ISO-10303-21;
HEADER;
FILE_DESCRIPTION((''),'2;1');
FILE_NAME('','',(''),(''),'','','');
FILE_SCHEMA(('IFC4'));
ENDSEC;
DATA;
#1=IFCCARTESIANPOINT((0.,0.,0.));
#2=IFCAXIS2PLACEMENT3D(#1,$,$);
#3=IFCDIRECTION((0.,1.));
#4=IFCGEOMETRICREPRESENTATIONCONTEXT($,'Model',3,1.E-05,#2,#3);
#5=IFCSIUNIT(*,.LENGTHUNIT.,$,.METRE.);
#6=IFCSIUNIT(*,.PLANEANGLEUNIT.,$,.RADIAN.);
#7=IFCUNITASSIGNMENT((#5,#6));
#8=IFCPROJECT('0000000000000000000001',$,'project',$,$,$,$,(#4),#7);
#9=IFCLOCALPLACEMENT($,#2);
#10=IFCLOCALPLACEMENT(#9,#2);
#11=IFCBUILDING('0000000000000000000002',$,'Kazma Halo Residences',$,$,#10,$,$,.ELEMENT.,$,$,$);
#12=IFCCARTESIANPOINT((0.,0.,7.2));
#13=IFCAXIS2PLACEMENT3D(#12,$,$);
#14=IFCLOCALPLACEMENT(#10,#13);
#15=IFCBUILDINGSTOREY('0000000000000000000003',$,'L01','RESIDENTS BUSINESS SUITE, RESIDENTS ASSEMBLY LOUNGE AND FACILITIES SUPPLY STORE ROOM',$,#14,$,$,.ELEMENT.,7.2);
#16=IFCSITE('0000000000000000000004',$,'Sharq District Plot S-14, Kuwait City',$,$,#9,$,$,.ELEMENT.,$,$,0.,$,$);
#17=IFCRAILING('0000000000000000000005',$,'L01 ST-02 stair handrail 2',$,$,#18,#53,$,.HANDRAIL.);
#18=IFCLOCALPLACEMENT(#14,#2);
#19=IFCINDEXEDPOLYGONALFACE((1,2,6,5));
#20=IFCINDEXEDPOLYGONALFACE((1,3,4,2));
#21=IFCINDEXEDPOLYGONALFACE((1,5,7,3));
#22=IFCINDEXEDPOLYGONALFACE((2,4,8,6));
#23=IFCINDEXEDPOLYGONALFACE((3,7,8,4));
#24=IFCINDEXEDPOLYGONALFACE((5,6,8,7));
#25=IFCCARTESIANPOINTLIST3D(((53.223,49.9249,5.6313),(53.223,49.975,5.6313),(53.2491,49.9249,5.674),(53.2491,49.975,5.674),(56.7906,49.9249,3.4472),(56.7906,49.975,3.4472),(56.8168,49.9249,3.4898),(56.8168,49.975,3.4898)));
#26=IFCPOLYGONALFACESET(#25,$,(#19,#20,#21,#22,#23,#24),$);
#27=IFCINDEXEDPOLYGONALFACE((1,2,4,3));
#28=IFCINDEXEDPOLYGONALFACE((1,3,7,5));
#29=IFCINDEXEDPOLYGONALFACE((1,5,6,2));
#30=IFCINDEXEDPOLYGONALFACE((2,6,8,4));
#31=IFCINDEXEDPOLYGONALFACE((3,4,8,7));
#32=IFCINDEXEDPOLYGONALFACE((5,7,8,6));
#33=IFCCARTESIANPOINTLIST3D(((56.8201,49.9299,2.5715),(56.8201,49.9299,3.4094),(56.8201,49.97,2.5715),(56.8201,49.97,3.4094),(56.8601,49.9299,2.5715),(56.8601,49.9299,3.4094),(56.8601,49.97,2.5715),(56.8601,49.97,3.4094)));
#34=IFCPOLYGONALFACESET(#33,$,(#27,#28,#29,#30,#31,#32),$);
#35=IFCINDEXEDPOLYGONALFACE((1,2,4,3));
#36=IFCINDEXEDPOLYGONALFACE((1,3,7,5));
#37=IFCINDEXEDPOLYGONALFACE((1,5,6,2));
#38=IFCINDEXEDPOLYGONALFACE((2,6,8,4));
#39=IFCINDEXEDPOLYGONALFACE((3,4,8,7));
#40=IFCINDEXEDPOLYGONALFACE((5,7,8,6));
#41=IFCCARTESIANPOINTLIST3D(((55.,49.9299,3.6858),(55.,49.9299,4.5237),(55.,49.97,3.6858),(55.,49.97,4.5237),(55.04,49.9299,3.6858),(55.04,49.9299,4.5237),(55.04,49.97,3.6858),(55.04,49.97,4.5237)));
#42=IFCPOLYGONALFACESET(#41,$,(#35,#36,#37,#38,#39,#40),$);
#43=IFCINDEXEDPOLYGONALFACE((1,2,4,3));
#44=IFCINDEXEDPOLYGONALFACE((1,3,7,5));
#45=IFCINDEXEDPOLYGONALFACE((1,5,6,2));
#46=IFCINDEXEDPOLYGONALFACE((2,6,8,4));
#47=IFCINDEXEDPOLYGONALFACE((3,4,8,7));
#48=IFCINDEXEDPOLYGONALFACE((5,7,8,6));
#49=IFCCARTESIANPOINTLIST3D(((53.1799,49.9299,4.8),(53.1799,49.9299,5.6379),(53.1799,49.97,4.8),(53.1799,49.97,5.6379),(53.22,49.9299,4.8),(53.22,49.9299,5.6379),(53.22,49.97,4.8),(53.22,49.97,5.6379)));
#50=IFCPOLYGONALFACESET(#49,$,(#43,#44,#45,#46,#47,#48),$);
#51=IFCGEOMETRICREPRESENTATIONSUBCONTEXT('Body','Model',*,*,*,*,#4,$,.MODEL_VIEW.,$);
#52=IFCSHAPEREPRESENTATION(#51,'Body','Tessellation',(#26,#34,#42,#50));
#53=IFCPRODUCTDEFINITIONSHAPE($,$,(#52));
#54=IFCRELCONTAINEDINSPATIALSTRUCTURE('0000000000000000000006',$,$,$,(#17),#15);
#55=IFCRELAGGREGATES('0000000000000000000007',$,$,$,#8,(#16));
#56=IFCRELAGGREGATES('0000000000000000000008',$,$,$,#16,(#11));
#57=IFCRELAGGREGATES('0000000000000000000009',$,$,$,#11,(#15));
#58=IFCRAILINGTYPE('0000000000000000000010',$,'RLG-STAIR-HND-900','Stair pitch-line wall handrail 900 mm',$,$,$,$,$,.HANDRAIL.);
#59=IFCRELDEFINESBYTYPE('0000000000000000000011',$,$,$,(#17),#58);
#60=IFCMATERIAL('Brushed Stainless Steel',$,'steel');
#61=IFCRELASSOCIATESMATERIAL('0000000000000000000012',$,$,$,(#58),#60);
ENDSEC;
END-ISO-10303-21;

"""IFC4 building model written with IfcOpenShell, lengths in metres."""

from ifc_helpers import new_model, si_unit, direction, frame, origin, origin_2d, place, context, subcontext, project, spatial, rectangle, extrude, material, type_object, element, save


model = new_model("IFC4")

# Units and contexts
model_context = context("Model", 3, precision=1e-05, world=origin(), true_north=direction((0.0, 1.0)))
body_context = subcontext(model_context, "Body", "Model", "MODEL_VIEW")
ifc_project = project(units=[si_unit("LENGTHUNIT", "METRE"), si_unit("PLANEANGLEUNIT", "RADIAN")], contexts=[model_context])

# Site, building, storey
site_placement = place(None, origin())
site = spatial("IfcSite", under=ifc_project, at=site_placement, Name="Sharq District Plot S-14, Kuwait City", CompositionType="ELEMENT", RefElevation=0.0)
building_placement = place(site_placement, origin())
building = spatial("IfcBuilding", under=site, at=building_placement, Name="Kazma Halo Residences", CompositionType="ELEMENT")
storey_placement = place(building_placement, frame((0.0, 0.0, 7.2)))
storey = spatial("IfcBuildingStorey", under=building, at=storey_placement, Name="L01", Description="RESIDENTS BUSINESS SUITE, RESIDENTS ASSEMBLY LOUNGE AND FACILITIES SUPPLY STORE ROOM", CompositionType="ELEMENT", Elevation=7.2)

# Railing
ifc_material_1 = material(Name="Brushed Stainless Steel", Category="steel")
railing_type_1 = type_object("IfcRailingType", Name="RLG-STAIR-HND-900", Description="Stair pitch-line wall handrail 900 mm", PredefinedType="HANDRAIL", material=ifc_material_1)
railing_1_placement = place(storey_placement, frame((56.8401, 49.95, 2.5715)))
element("IfcRailing", 1, at=railing_1_placement, inside=storey, type_object=railing_type_1, Name="L01 ST-02 stair handrail 2", PredefinedType="HANDRAIL", context=body_context, shape_type="SweptSolid", body=[
    extrude(rectangle(XDim=0.05, YDim=0.05, at=origin_2d()), frame((-0.0364, 0.0, 0.897), z_axis=(-0.852866, 0.0, 0.52213), x_axis=(0.0, -1.0, 0.0)), (0.0, 0.0, 1.0), 4.1831),
    extrude(rectangle(XDim=0.04, YDim=0.04, at=origin_2d()), origin(), (0.0, 0.0, 1.0), 0.8379),
    extrude(rectangle(XDim=0.04, YDim=0.04, at=origin_2d()), frame((-1.8201, 0.0, 1.1143)), (0.0, 0.0, 1.0), 0.8379),
    extrude(rectangle(XDim=0.04, YDim=0.04, at=origin_2d()), frame((-3.6401, 0.0, 2.2285)), (0.0, 0.0, 1.0), 0.8379),
])

save(model, "model.ifc")
